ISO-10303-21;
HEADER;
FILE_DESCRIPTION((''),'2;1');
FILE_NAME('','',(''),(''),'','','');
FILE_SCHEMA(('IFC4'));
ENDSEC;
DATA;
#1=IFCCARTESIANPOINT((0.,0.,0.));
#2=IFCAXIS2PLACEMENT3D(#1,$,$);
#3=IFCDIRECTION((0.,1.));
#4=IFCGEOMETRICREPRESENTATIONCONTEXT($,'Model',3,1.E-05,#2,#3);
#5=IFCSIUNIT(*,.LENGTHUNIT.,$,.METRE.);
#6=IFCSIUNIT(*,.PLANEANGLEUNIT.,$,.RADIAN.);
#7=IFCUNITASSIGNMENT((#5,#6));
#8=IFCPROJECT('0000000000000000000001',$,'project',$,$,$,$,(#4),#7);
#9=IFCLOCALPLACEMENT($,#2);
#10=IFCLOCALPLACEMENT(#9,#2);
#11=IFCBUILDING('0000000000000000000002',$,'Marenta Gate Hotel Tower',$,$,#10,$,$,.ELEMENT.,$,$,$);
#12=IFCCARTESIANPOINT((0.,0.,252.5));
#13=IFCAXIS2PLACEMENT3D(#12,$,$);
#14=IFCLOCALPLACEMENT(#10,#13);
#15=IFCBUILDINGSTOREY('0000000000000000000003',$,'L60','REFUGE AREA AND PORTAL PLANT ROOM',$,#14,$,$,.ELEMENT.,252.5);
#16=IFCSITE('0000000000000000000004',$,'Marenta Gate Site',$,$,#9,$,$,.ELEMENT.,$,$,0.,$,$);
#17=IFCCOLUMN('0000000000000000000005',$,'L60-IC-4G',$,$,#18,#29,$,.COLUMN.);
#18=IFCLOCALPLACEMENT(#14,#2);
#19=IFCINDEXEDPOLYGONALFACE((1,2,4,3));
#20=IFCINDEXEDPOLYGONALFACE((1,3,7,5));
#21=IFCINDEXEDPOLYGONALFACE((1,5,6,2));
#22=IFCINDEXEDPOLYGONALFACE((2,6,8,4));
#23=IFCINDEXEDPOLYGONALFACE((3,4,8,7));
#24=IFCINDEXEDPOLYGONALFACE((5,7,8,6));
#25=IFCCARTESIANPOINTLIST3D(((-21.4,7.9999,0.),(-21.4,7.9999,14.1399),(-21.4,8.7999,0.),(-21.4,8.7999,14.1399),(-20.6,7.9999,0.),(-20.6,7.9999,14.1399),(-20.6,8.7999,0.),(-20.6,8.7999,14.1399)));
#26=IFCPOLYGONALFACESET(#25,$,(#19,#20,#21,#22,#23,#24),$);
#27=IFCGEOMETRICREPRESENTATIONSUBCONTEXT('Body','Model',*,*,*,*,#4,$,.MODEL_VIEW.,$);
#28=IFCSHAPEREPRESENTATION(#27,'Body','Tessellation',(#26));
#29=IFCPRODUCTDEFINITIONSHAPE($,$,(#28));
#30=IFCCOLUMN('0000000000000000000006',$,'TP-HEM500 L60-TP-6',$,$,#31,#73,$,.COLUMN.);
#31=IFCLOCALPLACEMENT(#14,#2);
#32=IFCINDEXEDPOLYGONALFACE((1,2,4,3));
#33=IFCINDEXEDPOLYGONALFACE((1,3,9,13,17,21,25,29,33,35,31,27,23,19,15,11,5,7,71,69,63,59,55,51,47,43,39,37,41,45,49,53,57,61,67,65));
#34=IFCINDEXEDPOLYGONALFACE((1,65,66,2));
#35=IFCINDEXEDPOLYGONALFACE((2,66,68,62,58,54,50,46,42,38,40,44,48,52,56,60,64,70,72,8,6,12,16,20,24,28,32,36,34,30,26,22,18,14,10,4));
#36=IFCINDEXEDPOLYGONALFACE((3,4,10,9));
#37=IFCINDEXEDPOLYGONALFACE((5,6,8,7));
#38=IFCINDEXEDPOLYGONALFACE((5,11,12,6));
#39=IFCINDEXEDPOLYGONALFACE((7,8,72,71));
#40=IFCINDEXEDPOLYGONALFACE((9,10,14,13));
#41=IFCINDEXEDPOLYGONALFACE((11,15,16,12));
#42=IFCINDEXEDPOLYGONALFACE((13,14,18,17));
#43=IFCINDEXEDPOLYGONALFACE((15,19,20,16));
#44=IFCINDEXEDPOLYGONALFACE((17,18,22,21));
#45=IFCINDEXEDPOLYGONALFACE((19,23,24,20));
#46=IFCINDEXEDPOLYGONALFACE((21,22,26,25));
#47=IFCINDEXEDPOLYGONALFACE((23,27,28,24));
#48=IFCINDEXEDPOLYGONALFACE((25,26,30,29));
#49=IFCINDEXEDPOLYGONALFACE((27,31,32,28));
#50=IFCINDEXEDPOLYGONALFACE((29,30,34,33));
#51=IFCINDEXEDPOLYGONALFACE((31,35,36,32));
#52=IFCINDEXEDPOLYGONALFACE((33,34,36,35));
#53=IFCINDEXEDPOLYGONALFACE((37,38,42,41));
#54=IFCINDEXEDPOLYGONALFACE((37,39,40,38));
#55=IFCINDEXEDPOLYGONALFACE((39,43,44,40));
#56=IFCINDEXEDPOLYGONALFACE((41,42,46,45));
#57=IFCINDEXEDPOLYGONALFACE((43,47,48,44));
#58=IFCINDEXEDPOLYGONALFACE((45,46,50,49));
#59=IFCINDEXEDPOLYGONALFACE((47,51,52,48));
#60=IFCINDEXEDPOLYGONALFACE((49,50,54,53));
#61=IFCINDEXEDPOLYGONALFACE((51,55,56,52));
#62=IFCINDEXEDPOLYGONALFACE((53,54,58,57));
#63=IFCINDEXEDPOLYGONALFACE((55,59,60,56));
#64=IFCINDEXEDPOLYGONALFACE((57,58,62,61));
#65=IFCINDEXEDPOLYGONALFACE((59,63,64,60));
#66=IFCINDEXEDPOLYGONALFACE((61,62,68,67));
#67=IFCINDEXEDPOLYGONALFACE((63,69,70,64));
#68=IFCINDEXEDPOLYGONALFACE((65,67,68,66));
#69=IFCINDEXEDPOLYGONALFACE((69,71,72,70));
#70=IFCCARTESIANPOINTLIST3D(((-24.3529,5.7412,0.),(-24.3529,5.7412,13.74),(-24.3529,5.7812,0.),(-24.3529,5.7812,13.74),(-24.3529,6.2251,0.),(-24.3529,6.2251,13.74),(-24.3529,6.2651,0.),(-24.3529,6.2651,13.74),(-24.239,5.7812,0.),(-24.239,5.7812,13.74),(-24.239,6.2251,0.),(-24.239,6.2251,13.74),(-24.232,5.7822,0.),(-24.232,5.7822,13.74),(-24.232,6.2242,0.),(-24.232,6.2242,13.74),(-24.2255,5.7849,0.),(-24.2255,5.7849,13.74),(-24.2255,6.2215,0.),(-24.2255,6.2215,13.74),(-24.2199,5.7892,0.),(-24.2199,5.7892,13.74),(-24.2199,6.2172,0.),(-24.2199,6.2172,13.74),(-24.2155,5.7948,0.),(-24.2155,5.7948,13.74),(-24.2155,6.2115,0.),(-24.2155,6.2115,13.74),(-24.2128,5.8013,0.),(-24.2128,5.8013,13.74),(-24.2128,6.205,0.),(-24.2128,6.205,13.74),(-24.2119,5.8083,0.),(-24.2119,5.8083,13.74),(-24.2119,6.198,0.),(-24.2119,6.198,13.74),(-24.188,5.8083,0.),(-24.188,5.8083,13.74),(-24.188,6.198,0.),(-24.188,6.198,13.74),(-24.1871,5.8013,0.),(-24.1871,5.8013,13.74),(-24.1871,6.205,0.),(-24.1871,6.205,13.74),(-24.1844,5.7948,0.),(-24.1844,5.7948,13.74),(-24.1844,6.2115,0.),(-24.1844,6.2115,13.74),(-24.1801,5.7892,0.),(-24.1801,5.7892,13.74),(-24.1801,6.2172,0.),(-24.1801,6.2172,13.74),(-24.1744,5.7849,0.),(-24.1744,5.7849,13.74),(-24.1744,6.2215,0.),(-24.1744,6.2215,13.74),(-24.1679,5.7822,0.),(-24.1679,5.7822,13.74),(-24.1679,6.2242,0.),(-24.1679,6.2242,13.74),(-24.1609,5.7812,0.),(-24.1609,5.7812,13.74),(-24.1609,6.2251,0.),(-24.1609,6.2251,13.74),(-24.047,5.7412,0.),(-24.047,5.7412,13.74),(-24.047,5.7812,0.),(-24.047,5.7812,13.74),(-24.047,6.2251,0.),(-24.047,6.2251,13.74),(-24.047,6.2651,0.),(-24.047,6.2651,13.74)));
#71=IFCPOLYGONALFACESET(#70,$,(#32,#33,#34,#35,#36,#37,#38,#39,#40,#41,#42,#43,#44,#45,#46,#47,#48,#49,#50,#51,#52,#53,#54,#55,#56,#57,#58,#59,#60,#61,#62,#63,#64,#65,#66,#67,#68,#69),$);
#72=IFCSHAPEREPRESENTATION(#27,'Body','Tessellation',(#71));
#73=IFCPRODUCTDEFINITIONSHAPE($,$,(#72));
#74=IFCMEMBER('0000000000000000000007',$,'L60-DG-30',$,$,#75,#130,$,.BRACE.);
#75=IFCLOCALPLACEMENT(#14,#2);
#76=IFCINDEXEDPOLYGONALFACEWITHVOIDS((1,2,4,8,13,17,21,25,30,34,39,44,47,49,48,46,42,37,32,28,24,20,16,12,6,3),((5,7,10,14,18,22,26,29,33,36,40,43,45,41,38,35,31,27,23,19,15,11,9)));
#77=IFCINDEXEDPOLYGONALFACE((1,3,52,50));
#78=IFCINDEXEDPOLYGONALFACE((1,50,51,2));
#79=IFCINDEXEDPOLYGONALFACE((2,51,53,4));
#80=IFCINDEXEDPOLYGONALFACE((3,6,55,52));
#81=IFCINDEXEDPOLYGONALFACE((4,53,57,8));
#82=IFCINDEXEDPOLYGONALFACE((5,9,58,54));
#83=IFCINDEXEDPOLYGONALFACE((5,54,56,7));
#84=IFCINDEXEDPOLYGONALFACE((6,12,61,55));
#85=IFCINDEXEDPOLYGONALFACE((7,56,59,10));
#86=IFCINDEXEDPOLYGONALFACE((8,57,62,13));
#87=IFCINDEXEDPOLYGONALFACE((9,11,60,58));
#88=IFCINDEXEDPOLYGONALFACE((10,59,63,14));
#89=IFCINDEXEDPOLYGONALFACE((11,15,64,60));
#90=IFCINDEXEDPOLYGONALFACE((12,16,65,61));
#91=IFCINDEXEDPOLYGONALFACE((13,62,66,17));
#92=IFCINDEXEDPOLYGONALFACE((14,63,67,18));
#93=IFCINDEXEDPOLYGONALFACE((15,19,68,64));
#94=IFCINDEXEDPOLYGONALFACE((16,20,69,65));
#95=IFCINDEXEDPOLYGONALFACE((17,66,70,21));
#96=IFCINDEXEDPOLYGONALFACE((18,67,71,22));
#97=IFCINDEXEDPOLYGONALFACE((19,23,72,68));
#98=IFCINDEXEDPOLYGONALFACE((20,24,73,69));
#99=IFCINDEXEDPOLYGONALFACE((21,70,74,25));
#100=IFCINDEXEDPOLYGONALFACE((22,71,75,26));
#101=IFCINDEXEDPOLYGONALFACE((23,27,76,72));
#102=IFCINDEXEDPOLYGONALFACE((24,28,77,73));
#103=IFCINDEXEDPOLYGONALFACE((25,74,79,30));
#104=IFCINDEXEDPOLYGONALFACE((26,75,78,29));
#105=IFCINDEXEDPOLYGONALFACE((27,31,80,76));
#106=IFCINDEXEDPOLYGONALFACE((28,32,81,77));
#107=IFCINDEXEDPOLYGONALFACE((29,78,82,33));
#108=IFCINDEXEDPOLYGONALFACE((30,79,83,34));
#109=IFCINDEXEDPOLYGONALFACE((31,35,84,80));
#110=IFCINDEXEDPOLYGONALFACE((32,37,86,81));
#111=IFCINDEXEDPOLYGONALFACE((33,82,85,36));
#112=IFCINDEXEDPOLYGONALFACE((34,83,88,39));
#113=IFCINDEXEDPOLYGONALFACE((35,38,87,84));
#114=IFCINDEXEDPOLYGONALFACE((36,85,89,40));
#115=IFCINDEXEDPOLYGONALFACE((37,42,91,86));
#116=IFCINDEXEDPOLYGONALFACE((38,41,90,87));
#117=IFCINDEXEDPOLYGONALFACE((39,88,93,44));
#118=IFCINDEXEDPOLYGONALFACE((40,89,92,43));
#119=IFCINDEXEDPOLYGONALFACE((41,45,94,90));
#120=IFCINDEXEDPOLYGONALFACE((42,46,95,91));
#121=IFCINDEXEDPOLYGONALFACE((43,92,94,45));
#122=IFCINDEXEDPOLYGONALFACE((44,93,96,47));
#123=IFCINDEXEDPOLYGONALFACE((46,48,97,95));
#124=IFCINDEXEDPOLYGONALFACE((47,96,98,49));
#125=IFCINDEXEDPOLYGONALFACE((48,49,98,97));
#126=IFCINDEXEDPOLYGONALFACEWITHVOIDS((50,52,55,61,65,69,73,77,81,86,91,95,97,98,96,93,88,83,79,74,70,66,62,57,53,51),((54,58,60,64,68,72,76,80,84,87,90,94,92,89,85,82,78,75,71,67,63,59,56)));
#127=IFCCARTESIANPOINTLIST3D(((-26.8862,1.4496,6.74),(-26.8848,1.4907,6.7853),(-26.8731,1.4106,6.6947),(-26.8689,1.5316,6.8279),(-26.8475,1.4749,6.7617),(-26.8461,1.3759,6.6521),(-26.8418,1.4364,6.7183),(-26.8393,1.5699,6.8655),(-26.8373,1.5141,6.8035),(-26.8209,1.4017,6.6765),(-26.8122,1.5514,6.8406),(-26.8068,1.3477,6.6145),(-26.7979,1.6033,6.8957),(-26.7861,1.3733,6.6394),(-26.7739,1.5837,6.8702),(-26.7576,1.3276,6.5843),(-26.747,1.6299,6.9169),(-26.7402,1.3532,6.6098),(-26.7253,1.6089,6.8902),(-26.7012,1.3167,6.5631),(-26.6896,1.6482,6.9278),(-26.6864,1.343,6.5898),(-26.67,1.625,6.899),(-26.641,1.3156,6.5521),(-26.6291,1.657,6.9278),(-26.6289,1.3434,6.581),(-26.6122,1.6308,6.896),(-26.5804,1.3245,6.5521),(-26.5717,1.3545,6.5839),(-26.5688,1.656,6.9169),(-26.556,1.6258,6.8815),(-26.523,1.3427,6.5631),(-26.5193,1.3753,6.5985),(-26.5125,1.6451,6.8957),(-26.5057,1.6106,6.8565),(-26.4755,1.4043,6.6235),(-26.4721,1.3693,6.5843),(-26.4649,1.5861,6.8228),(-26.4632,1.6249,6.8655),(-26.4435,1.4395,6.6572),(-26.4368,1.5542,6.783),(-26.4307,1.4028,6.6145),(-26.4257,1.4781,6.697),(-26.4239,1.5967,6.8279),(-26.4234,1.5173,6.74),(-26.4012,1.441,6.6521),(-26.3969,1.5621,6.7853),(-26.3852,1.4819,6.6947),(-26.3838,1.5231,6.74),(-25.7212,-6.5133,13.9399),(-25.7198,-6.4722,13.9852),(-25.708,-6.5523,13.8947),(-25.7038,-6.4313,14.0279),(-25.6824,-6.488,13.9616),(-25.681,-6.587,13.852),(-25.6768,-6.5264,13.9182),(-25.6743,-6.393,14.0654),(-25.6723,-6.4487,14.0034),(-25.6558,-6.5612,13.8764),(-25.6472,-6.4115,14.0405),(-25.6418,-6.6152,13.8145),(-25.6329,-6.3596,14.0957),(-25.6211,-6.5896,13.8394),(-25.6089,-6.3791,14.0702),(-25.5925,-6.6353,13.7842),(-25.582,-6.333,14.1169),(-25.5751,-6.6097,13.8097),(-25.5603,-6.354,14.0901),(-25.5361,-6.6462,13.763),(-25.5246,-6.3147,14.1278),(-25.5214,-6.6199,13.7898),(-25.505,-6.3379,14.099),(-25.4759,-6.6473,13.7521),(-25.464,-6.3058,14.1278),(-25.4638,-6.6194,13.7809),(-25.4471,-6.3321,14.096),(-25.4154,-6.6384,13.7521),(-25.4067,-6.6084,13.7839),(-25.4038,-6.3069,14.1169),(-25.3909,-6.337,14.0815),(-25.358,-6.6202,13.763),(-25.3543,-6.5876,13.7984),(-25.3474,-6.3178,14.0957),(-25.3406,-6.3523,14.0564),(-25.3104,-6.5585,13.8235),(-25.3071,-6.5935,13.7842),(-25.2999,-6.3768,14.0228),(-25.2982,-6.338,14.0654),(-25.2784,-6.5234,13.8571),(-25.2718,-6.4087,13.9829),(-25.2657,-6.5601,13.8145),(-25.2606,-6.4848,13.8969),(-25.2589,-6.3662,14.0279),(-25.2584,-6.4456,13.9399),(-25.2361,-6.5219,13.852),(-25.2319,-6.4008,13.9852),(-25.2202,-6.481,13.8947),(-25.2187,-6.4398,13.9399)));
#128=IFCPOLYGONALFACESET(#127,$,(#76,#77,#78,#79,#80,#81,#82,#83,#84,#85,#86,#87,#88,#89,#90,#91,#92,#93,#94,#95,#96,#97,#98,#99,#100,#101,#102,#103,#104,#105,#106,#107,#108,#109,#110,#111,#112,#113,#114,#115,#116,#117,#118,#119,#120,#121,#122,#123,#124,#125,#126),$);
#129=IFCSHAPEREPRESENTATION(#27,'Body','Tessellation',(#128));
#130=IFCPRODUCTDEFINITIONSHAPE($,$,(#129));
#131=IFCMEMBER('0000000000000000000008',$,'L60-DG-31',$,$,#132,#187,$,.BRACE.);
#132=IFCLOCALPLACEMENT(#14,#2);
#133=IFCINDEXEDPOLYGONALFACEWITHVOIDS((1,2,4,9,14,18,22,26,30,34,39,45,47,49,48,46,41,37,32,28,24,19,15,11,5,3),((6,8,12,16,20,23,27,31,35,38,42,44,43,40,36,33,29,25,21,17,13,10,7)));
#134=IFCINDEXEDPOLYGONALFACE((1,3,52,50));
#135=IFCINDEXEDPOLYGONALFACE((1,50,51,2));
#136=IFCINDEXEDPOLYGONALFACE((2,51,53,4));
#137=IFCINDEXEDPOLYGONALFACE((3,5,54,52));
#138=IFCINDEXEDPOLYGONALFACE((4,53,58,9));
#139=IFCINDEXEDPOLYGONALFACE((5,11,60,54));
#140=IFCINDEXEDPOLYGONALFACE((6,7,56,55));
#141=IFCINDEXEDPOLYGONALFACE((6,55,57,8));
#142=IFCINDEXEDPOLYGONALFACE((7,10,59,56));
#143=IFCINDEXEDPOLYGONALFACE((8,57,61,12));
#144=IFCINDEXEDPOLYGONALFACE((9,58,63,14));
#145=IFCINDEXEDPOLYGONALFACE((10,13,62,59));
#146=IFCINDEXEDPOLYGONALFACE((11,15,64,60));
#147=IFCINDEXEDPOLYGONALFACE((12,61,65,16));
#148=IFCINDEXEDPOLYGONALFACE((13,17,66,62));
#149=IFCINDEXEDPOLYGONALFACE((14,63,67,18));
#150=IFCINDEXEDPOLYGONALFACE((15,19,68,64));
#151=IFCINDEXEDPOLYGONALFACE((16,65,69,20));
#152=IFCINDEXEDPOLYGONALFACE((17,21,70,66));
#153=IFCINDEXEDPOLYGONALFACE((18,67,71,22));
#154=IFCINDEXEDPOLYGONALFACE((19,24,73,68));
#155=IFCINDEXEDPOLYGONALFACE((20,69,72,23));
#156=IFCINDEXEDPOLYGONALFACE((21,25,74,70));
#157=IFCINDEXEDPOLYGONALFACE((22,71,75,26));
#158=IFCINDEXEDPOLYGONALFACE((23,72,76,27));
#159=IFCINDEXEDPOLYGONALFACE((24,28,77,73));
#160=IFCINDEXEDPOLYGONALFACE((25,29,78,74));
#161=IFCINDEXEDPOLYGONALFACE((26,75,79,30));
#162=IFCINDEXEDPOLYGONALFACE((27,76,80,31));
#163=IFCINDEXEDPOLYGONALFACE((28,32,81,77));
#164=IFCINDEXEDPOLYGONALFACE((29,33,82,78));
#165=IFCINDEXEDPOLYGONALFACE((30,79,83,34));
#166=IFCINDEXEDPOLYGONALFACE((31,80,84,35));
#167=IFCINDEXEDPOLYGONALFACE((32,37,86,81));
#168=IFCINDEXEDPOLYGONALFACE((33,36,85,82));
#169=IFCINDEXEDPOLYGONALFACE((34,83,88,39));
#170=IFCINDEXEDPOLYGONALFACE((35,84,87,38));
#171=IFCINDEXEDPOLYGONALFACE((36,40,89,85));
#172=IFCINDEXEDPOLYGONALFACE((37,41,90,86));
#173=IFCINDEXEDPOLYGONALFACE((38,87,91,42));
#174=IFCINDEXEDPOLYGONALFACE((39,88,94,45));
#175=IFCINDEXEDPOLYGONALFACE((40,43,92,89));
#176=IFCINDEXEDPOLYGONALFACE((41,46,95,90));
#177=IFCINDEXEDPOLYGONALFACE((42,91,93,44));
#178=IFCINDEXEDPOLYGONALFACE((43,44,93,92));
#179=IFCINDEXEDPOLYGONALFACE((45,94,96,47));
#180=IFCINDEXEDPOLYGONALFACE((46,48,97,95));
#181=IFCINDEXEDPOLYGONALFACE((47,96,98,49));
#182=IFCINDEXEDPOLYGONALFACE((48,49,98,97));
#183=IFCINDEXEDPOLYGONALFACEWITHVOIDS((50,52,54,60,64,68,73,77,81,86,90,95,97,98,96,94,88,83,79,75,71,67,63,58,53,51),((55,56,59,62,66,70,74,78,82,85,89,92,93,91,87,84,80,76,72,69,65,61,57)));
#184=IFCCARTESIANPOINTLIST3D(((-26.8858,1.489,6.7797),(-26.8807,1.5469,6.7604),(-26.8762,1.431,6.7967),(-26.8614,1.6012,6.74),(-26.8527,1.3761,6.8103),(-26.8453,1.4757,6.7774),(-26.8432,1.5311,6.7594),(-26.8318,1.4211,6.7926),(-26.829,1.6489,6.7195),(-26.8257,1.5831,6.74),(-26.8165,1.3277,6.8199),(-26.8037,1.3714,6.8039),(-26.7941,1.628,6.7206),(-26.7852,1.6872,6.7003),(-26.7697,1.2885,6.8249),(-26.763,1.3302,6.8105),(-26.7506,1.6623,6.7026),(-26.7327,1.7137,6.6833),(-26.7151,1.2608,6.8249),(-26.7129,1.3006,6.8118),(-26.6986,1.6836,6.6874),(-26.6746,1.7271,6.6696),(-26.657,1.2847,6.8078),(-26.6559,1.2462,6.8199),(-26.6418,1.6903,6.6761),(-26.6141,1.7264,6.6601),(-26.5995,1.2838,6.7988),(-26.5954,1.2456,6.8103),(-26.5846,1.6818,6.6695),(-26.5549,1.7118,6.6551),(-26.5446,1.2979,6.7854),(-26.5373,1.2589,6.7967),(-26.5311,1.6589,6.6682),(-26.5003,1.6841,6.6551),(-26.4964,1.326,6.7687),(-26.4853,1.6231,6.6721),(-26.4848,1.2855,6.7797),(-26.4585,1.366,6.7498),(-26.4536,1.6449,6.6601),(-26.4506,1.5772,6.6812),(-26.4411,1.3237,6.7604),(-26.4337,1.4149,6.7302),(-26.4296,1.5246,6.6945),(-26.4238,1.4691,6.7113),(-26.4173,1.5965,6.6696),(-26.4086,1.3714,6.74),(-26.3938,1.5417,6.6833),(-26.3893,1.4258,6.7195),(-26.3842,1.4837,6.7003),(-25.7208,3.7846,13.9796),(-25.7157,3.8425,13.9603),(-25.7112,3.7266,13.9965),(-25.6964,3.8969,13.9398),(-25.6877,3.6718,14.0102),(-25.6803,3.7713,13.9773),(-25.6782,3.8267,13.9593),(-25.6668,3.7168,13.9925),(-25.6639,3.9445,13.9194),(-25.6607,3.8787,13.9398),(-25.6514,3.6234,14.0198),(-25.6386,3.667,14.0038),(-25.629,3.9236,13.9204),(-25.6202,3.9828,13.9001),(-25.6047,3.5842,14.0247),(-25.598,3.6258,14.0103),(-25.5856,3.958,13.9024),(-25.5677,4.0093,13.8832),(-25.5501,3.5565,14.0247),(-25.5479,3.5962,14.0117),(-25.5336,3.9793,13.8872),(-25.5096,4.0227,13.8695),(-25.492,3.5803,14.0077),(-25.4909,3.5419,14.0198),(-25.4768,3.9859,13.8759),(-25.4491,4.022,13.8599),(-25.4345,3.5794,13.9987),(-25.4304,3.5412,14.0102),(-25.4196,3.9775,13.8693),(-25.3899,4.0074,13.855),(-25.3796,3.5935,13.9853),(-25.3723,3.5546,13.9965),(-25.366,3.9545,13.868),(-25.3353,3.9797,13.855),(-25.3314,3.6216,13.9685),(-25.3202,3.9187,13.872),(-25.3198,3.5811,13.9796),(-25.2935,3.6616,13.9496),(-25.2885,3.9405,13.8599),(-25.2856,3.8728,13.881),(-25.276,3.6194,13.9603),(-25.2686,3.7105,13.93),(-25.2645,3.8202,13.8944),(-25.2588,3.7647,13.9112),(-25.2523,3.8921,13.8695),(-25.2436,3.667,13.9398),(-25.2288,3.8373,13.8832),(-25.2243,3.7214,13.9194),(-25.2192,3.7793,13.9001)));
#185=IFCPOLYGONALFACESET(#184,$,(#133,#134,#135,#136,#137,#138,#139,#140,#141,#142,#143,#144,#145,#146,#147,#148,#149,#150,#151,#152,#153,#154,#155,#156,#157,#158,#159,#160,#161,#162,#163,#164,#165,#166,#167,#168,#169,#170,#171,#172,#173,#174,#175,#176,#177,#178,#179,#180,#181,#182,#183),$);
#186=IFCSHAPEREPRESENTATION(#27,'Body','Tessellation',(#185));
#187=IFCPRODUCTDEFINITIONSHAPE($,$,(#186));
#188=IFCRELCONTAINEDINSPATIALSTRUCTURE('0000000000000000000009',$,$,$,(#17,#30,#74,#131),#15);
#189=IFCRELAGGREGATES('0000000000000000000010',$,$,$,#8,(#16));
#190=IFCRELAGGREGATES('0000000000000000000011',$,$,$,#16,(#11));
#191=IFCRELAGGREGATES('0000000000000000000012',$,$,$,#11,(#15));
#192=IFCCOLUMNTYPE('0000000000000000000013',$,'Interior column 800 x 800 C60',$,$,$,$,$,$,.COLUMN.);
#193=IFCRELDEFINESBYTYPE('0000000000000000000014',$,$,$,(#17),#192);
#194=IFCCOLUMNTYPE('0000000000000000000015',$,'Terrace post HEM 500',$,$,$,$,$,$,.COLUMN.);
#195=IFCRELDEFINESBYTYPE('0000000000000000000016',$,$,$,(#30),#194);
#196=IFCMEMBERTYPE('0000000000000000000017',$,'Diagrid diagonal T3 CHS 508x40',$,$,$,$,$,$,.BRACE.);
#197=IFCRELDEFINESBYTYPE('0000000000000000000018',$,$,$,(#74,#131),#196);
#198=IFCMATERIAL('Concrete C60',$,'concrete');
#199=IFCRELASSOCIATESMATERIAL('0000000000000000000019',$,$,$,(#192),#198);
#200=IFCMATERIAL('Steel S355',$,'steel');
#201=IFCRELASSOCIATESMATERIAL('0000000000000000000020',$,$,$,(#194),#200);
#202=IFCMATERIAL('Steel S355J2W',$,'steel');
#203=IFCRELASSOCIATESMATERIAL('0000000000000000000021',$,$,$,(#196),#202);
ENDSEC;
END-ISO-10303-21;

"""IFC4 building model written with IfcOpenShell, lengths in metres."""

from ifc_helpers import new_model, si_unit, direction, frame, origin, origin_2d, place, context, subcontext, project, spatial, rectangle, hollow_circle, i_section, extrude, material, material_profile, profile_set, type_object, element, save


model = new_model("IFC4")

# Units and contexts
model_context = context("Model", 3, precision=1e-05, world=origin(), true_north=direction((0.0, 1.0)))
body_context = subcontext(model_context, "Body", "Model", "MODEL_VIEW")
ifc_project = project(units=[si_unit("LENGTHUNIT", "METRE"), si_unit("PLANEANGLEUNIT", "RADIAN")], contexts=[model_context])

# Site, building, storey
site_placement = place(None, origin())
site = spatial("IfcSite", under=ifc_project, at=site_placement, Name="Marenta Gate Site", CompositionType="ELEMENT", RefElevation=0.0)
building_placement = place(site_placement, origin())
building = spatial("IfcBuilding", under=site, at=building_placement, Name="Marenta Gate Hotel Tower", CompositionType="ELEMENT")
storey_placement = place(building_placement, frame((0.0, 0.0, 252.5)))
storey = spatial("IfcBuildingStorey", under=building, at=storey_placement, Name="L60", Description="REFUGE AREA AND PORTAL PLANT ROOM", CompositionType="ELEMENT", Elevation=252.5)

# Columns
ifc_material_1 = material(Name="Concrete C60", Category="concrete")
ifc_material_profile_1 = material_profile(ifc_material_1, rectangle(XDim=0.8, YDim=0.8, at=origin_2d()), Name="800 x 800")
ifc_profile_set_1 = profile_set([ifc_material_profile_1], Name="Concrete C60")
column_type_1 = type_object("IfcColumnType", Name="Interior column 800 x 800 C60", PredefinedType="COLUMN", material=ifc_profile_set_1)
column_1_placement = place(storey_placement, frame((-21.0, 8.3999, 0.0), z_axis=(0.0, 0.0, 1.0), x_axis=(1.0, 0.0, 0.0)))
element("IfcColumn", 1, at=column_1_placement, inside=storey, type_object=column_type_1, Name="L60-IC-4G", PredefinedType="COLUMN", context=body_context, shape_type="SweptSolid", body=[
    extrude(rectangle(XDim=0.8, YDim=0.8, at=origin_2d()), origin(), (0.0, 0.0, 1.0), 14.1399),
])
ifc_material_2 = material(Name="Steel S355", Category="steel")
ifc_material_profile_2 = material_profile(ifc_material_2, i_section(OverallWidth=0.3059, OverallDepth=0.5239, WebThickness=0.0239, FlangeThickness=0.04, FilletRadius=0.0271, at=origin_2d()), Name="HEM 500")
ifc_profile_set_2 = profile_set([ifc_material_profile_2], Name="Steel S355")
column_type_2 = type_object("IfcColumnType", Name="Terrace post HEM 500", PredefinedType="COLUMN", material=ifc_profile_set_2)
column_2_placement = place(storey_placement, frame((-24.2, 6.0032, 0.0), z_axis=(0.0, 0.0, 1.0), x_axis=(1.0, 0.0, 0.0)))
element("IfcColumn", 2, at=column_2_placement, inside=storey, type_object=column_type_2, Name="TP-HEM500 L60-TP-6", PredefinedType="COLUMN", context=body_context, shape_type="SweptSolid", body=[
    extrude(i_section(OverallWidth=0.3059, OverallDepth=0.5239, WebThickness=0.0239, FlangeThickness=0.04, FilletRadius=0.0271, at=origin_2d()), origin(), (0.0, 0.0, 1.0), 13.74),
])

# Members
ifc_material_3 = material(Name="Steel S355J2W", Category="steel")
ifc_material_profile_3 = material_profile(ifc_material_3, hollow_circle(Radius=0.2539, WallThickness=0.04, at=origin_2d()), Name="CHS 508x40")
ifc_profile_set_3 = profile_set([ifc_material_profile_3], Name="Steel S355J2W")
member_type_1 = type_object("IfcMemberType", Name="Diagrid diagonal T3 CHS 508x40", PredefinedType="BRACE", material=ifc_profile_set_3)
member_1_placement = place(storey_placement, frame((-26.635, 1.4863, 6.74), z_axis=(0.107891, -0.737418, 0.666764), x_axis=(0.989466, 0.144767, 0.0)))
element("IfcMember", 3, at=member_1_placement, inside=storey, type_object=member_type_1, Name="L60-DG-30", PredefinedType="BRACE", context=body_context, shape_type="SweptSolid", body=[
    extrude(hollow_circle(Radius=0.2539, WallThickness=0.04, at=origin_2d()), origin(), (0.0, 0.0, 1.0), 10.7983),
])
member_2_placement = place(storey_placement, frame((-26.635, 1.4863, 6.74), z_axis=(0.152365, 0.300229, 0.94162), x_axis=(-0.891737, 0.452554, 0.0)))
element("IfcMember", 4, at=member_2_placement, inside=storey, type_object=member_type_1, Name="L60-DG-31", PredefinedType="BRACE", context=body_context, shape_type="SweptSolid", body=[
    extrude(hollow_circle(Radius=0.2539, WallThickness=0.04, at=origin_2d()), origin(), (0.0, 0.0, 1.0), 7.6462),
])

save(model, "model.ifc")
